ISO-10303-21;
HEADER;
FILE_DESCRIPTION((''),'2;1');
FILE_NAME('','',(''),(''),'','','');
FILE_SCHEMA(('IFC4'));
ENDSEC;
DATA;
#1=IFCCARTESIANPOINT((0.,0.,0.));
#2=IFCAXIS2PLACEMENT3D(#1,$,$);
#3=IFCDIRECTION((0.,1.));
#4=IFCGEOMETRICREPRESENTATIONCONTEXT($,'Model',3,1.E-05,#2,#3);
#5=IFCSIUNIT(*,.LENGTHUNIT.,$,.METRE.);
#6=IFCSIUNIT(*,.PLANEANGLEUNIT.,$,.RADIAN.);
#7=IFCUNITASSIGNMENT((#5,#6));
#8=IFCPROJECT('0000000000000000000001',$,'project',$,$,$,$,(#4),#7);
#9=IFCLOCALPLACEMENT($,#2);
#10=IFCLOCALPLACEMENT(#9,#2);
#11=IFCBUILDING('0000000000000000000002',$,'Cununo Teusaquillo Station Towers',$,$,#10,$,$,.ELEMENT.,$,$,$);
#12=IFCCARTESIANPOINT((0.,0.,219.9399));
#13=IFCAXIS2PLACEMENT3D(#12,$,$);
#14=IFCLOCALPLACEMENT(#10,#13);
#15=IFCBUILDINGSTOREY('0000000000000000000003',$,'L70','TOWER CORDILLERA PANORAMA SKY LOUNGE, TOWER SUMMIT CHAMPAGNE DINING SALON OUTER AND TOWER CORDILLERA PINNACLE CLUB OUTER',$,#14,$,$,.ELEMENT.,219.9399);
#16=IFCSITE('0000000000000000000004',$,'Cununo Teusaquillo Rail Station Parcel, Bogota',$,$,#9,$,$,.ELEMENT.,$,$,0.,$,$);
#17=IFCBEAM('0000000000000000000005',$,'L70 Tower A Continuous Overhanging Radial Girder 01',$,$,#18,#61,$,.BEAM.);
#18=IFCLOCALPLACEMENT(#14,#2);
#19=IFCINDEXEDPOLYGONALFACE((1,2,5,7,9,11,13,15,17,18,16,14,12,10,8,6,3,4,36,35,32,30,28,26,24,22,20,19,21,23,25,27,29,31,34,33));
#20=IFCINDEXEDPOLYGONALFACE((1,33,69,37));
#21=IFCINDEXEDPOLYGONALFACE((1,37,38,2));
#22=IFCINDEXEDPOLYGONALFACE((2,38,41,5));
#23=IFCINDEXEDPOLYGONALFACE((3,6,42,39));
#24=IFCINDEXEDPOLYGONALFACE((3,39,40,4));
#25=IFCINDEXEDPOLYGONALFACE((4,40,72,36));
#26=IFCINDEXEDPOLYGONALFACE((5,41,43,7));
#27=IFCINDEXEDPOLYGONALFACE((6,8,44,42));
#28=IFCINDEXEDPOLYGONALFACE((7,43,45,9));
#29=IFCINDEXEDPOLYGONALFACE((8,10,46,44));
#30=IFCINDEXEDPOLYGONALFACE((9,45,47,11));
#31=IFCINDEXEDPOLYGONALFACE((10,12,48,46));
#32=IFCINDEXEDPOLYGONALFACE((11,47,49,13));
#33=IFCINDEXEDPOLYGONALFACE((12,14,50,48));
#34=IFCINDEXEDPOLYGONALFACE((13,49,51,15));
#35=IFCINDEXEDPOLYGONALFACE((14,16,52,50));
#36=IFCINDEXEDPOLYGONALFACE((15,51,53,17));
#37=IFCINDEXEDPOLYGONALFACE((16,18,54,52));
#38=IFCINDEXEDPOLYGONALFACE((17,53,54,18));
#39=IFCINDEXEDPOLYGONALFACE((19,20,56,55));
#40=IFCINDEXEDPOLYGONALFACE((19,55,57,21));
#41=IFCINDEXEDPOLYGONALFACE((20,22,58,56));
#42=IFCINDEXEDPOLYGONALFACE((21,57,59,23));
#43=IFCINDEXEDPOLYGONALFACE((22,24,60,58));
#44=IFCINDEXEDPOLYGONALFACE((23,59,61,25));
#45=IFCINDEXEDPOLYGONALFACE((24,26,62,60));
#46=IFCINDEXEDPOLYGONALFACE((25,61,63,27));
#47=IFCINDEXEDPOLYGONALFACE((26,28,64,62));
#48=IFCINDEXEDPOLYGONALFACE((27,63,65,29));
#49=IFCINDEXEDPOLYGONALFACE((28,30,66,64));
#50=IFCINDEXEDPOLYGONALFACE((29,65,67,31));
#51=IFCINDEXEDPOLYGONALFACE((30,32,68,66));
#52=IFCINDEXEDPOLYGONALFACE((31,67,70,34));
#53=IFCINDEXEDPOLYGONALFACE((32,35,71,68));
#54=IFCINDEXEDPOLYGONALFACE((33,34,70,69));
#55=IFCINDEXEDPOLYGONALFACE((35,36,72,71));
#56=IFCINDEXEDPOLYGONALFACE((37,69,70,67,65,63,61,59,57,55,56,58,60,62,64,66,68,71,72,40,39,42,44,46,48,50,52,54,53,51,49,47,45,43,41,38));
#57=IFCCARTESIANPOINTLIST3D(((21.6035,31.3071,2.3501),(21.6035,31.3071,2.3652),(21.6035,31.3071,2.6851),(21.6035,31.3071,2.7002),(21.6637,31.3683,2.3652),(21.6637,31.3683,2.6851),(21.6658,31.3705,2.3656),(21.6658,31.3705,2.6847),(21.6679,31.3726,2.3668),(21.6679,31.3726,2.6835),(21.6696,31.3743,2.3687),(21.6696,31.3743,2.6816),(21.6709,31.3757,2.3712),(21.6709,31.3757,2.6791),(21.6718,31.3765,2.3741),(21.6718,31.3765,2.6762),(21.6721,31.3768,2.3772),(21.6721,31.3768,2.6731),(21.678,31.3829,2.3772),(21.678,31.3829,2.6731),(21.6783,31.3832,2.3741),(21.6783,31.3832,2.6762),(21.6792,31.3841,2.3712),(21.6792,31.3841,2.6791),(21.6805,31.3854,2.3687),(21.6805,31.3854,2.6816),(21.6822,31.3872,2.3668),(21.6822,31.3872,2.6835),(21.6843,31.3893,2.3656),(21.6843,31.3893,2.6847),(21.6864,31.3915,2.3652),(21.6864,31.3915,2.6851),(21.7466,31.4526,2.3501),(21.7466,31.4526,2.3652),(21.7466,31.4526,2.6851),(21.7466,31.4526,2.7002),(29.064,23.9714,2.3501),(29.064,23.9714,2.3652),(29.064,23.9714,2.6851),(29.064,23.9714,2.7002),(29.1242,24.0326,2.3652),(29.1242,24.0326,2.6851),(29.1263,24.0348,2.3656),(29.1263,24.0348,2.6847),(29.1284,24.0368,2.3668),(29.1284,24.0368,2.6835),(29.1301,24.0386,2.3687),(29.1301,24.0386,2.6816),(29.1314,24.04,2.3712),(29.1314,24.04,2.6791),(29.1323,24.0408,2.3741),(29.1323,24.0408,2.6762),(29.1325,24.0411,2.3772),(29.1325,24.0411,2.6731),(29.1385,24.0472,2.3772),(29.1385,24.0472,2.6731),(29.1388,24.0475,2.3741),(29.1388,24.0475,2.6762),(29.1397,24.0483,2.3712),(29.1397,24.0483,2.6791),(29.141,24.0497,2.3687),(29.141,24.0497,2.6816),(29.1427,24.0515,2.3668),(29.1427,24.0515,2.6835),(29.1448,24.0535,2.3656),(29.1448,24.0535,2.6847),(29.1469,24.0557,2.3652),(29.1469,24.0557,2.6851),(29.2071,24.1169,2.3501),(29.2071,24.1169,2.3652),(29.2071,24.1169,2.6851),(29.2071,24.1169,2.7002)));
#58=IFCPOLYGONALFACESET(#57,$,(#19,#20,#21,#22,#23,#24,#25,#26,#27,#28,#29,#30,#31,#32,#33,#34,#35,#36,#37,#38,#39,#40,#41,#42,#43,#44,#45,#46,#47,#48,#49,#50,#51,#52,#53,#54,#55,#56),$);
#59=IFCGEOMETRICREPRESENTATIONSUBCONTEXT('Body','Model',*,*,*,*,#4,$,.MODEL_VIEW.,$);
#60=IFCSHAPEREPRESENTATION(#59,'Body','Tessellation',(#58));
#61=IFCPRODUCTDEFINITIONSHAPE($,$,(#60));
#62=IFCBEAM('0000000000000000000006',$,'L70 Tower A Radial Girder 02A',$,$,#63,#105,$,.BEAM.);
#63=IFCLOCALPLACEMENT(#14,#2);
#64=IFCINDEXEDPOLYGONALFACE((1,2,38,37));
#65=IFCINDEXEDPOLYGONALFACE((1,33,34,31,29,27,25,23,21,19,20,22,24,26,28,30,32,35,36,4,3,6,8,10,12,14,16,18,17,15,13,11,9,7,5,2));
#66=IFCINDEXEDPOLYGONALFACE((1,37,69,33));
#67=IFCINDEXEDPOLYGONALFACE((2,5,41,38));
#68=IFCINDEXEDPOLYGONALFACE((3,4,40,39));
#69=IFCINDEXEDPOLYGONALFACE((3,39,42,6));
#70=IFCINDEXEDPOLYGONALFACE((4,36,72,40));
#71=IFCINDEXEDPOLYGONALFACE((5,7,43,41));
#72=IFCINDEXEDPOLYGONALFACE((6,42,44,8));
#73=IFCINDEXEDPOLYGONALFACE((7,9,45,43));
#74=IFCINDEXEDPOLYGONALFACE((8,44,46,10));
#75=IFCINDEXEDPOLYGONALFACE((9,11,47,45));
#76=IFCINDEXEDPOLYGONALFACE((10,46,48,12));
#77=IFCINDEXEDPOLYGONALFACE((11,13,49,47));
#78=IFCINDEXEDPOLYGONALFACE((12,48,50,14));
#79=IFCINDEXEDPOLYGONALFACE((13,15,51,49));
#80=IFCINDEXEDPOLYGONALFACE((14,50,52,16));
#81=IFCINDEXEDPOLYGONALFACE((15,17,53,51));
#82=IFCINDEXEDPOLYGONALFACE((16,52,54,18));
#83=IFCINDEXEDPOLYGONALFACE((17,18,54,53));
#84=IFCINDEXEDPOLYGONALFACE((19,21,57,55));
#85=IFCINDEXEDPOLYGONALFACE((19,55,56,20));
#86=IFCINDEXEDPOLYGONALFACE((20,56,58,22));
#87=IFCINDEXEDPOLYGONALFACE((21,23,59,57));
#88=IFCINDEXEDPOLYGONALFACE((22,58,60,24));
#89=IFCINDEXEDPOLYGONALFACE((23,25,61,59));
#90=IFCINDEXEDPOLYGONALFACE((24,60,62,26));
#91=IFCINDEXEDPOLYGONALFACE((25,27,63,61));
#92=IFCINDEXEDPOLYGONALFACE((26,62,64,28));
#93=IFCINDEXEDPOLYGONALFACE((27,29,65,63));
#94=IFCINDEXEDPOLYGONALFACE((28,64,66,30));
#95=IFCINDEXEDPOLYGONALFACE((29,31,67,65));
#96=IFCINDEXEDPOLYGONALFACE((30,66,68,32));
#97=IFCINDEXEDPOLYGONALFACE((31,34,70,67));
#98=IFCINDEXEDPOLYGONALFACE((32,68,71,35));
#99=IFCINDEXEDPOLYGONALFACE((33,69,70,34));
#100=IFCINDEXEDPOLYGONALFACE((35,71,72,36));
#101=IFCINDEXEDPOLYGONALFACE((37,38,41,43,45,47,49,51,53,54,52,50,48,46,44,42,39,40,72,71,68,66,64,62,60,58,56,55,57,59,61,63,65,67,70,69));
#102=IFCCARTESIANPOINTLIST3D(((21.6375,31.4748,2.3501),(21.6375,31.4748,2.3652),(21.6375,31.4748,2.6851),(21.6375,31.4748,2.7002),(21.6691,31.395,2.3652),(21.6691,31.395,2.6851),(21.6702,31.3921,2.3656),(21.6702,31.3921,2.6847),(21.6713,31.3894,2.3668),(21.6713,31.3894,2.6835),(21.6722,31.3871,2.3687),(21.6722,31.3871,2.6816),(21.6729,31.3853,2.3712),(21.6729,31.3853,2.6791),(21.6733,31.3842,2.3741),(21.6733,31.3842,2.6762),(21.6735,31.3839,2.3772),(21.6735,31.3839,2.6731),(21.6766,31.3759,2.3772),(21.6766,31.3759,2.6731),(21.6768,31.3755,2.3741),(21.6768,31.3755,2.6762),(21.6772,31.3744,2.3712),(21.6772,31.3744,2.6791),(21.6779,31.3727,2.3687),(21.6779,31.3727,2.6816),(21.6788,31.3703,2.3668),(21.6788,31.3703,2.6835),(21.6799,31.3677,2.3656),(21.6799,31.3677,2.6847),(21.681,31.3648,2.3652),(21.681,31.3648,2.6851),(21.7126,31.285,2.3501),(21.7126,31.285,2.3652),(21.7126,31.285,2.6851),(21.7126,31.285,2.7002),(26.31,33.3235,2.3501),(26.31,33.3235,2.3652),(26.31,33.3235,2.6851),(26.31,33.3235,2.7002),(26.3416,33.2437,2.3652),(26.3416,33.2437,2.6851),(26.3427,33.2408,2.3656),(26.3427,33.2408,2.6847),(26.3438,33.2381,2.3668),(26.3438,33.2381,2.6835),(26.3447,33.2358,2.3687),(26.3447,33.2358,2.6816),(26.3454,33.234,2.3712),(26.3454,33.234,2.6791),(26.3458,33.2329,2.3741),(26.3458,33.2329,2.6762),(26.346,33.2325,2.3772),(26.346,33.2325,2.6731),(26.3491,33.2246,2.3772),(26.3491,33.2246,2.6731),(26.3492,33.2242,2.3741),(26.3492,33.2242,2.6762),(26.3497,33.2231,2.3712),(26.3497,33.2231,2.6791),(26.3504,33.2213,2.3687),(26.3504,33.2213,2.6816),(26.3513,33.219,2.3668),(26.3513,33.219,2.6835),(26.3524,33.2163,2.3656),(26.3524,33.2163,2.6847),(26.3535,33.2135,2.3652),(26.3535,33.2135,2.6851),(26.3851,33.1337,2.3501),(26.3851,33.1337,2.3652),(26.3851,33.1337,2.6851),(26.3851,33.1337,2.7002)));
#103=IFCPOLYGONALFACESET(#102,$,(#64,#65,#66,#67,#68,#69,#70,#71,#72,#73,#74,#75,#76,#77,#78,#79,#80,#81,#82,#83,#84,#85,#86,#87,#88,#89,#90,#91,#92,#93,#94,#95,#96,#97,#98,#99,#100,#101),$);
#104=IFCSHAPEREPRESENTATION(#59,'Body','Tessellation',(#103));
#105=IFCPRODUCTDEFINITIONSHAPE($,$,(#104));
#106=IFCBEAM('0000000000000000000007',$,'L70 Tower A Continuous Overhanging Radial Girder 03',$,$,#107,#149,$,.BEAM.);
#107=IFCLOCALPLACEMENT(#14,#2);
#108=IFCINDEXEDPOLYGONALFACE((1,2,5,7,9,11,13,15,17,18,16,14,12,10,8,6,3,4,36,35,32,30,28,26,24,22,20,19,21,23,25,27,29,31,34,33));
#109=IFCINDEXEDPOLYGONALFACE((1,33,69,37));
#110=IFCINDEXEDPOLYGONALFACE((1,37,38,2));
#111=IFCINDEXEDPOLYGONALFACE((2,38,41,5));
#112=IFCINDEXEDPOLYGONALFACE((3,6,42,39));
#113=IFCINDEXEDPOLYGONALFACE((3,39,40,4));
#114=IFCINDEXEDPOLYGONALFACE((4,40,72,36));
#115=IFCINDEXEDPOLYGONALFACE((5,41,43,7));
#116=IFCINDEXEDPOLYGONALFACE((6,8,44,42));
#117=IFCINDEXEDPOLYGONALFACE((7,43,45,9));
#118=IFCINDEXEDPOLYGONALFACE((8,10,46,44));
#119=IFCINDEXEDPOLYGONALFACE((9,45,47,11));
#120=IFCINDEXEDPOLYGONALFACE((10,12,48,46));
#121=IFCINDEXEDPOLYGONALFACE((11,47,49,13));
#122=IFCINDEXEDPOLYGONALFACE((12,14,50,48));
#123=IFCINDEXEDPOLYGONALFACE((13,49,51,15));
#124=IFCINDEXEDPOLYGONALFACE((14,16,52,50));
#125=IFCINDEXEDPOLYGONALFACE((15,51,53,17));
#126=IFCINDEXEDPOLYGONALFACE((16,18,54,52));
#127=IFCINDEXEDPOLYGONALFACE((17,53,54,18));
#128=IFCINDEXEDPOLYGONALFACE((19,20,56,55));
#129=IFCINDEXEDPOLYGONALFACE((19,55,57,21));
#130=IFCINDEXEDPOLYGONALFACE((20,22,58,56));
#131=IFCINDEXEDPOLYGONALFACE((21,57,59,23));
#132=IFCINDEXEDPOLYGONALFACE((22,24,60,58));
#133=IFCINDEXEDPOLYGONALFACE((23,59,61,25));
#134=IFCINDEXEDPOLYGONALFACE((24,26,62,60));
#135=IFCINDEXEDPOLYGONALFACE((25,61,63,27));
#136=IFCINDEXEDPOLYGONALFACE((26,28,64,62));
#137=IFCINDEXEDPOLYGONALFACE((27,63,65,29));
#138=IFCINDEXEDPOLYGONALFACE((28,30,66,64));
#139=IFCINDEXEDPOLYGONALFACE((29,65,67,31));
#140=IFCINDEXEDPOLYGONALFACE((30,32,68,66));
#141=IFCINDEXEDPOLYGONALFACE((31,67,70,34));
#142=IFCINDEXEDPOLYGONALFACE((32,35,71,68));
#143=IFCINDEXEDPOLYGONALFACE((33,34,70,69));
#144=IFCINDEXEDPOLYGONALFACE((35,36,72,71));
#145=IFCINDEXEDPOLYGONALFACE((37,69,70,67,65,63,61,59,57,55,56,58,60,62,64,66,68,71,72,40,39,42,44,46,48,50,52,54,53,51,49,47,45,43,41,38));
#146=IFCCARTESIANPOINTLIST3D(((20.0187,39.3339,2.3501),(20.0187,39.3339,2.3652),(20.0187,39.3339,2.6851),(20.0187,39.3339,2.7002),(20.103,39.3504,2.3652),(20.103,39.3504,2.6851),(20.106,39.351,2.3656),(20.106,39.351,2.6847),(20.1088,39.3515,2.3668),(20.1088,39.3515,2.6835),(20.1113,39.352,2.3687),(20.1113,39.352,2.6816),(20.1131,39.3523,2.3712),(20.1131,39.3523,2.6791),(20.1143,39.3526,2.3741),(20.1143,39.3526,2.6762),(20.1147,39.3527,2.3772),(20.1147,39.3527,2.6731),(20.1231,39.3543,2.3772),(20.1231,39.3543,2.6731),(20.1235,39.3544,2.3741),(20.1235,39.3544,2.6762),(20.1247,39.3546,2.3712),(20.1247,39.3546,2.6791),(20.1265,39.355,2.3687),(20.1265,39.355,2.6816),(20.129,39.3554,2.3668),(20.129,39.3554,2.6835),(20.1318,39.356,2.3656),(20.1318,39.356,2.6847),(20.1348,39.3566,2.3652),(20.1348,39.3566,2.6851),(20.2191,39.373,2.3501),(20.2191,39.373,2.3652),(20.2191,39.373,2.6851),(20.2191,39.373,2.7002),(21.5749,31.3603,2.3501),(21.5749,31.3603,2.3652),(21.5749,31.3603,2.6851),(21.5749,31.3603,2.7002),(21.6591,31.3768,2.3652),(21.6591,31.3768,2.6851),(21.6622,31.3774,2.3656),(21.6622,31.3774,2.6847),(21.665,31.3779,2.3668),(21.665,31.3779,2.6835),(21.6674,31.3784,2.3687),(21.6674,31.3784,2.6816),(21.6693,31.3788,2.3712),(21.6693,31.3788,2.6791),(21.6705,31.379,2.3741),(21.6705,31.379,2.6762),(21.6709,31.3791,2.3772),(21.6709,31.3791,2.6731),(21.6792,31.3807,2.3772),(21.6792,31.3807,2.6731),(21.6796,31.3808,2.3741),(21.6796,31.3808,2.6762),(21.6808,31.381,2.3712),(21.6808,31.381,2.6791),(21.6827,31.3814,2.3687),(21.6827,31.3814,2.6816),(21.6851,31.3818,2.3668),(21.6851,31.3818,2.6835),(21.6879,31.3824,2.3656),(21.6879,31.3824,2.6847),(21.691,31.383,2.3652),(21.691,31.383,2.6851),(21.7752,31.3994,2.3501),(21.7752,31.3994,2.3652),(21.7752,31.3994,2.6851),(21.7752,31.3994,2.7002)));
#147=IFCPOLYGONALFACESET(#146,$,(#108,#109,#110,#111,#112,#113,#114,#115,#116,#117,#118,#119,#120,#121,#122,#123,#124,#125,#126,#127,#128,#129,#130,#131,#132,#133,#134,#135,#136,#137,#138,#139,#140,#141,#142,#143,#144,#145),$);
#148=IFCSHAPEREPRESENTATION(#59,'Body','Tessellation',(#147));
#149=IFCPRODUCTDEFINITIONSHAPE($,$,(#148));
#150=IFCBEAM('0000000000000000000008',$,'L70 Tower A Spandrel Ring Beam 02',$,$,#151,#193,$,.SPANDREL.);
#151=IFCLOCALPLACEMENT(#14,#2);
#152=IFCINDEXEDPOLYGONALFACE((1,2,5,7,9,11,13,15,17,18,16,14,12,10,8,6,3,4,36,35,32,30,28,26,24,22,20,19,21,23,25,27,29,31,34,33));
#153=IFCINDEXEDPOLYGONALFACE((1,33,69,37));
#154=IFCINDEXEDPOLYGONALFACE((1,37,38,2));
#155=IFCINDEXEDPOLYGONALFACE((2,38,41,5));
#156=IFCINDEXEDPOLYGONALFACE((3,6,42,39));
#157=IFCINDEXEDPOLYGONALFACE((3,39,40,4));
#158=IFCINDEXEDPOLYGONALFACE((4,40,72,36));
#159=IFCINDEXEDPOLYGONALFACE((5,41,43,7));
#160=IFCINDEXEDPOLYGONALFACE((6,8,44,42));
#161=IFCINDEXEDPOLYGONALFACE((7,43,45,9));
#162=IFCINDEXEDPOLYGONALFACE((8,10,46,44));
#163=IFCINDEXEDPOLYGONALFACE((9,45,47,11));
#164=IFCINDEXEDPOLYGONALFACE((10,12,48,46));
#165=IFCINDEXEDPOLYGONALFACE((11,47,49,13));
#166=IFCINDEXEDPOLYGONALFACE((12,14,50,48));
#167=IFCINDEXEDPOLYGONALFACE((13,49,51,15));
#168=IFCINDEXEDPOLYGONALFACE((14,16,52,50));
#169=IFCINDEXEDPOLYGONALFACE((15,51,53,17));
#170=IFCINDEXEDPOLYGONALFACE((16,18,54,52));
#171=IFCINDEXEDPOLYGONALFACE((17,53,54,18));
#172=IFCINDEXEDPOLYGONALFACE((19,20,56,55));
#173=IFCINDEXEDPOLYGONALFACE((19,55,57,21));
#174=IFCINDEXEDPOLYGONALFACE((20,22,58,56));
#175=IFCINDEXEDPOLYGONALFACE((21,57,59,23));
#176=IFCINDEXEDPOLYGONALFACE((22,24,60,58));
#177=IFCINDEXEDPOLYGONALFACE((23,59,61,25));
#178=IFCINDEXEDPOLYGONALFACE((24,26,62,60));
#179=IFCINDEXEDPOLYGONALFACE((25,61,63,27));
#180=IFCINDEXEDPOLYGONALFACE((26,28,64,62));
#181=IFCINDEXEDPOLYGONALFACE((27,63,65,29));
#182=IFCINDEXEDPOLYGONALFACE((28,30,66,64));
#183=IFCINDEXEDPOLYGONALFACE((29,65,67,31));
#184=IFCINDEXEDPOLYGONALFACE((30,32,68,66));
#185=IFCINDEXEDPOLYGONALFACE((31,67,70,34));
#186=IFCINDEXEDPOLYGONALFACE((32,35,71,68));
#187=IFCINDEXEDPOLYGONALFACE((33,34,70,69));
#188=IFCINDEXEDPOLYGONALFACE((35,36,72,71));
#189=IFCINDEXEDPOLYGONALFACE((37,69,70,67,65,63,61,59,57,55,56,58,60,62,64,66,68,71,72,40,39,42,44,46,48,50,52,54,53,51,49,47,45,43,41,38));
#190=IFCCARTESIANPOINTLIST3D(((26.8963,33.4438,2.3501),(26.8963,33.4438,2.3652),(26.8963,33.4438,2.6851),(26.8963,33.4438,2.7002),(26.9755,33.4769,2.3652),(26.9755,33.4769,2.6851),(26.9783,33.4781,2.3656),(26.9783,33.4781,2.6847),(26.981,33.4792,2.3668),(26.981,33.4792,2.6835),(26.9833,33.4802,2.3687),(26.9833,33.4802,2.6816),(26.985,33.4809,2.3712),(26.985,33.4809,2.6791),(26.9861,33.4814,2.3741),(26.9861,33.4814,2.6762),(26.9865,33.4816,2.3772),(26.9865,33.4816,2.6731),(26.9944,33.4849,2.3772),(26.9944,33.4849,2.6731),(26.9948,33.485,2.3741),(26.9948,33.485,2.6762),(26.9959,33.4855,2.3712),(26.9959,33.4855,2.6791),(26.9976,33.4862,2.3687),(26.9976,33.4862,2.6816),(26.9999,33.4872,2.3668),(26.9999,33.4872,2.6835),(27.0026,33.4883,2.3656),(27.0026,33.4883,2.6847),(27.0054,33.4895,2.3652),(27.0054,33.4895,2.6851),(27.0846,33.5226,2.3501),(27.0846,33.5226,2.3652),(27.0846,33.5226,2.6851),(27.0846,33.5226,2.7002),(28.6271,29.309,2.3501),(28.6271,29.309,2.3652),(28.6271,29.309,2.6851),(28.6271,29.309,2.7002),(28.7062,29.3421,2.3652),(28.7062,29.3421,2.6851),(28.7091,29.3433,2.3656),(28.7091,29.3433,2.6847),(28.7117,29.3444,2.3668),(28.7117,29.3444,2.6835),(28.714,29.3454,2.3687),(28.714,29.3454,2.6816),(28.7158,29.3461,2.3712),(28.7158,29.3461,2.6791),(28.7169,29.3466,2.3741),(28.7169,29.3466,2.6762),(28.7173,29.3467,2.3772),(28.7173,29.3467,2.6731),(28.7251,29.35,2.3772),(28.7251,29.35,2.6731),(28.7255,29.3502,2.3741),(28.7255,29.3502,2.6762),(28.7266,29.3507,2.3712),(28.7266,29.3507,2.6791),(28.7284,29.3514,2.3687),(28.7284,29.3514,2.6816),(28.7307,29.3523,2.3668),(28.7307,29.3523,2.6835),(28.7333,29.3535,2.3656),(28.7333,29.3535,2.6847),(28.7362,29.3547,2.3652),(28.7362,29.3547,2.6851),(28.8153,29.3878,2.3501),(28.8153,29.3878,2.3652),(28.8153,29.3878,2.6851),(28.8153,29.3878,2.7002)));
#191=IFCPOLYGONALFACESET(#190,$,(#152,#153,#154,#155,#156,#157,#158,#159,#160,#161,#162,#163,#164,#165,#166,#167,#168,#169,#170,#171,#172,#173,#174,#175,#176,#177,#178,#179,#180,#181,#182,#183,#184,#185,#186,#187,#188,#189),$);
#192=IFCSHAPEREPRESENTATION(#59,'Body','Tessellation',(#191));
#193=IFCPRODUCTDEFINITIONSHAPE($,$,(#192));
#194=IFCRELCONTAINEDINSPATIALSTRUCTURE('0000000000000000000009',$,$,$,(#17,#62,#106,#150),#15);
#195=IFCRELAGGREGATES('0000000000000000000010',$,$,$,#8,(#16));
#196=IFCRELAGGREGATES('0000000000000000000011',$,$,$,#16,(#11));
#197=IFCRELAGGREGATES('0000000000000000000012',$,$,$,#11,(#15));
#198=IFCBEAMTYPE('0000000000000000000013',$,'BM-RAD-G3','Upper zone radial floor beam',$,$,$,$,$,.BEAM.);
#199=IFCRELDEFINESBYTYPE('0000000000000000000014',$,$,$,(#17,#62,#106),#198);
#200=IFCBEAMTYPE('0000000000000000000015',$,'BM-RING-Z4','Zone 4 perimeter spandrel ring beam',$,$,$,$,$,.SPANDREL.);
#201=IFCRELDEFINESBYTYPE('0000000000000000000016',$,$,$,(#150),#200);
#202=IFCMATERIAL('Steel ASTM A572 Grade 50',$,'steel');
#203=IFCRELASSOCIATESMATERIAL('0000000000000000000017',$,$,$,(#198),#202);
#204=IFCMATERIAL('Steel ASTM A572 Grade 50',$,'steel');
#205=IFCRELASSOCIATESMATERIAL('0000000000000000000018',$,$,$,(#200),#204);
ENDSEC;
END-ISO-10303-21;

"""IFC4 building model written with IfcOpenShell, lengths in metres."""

from ifc_helpers import new_model, si_unit, direction, frame, origin, origin_2d, place, context, subcontext, project, spatial, i_section, extrude, material, material_profile, profile_set, type_object, element, save


model = new_model("IFC4")

# Units and contexts
model_context = context("Model", 3, precision=1e-05, world=origin(), true_north=direction((0.0, 1.0)))
body_context = subcontext(model_context, "Body", "Model", "MODEL_VIEW")
ifc_project = project(units=[si_unit("LENGTHUNIT", "METRE"), si_unit("PLANEANGLEUNIT", "RADIAN")], contexts=[model_context])

# Site, building, storey
site_placement = place(None, origin())
site = spatial("IfcSite", under=ifc_project, at=site_placement, Name="Cununo Teusaquillo Rail Station Parcel, Bogota", CompositionType="ELEMENT", RefElevation=0.0)
building_placement = place(site_placement, origin())
building = spatial("IfcBuilding", under=site, at=building_placement, Name="Cununo Teusaquillo Station Towers", CompositionType="ELEMENT")
storey_placement = place(building_placement, frame((0.0, 0.0, 219.9399)))
storey = spatial("IfcBuildingStorey", under=building, at=storey_placement, Name="L70", Description="TOWER CORDILLERA PANORAMA SKY LOUNGE, TOWER SUMMIT CHAMPAGNE DINING SALON OUTER AND TOWER CORDILLERA PINNACLE CLUB OUTER", CompositionType="ELEMENT", Elevation=219.9399)

# Beams
ifc_material_1 = material(Name="Steel ASTM A572 Grade 50", Category="steel")
ifc_material_profile_1 = material_profile(ifc_material_1, i_section(OverallWidth=0.2041, OverallDepth=0.3501, WebThickness=0.0085, FlangeThickness=0.0151, FilletRadius=0.012, at=origin_2d()), Name="W14X48")
ifc_profile_set_1 = profile_set([ifc_material_profile_1], Name="Steel ASTM A572 Grade 50")
beam_type_1 = type_object("IfcBeamType", Name="BM-RAD-G3", Description="Upper zone radial floor beam", PredefinedType="BEAM", material=ifc_profile_set_1)
beam_1_placement = place(storey_placement, frame((21.675, 31.3799, 2.5251), z_axis=(0.713044, -0.70112, 0.0), x_axis=(0.70112, 0.713044, 0.0)))
element("IfcBeam", 1, at=beam_1_placement, inside=storey, type_object=beam_type_1, Name="L70 Tower A Continuous Overhanging Radial Girder 01", PredefinedType="BEAM", context=body_context, shape_type="SweptSolid", body=[
    extrude(i_section(OverallWidth=0.2041, OverallDepth=0.3501, WebThickness=0.0085, FlangeThickness=0.0151, FilletRadius=0.012, at=origin_2d()), origin(), (0.0, 0.0, 1.0), 10.4629),
])
beam_2_placement = place(storey_placement, frame((21.675, 31.3799, 2.5251), z_axis=(0.929864, 0.367903, 0.0), x_axis=(-0.367903, 0.929864, 0.0)))
element("IfcBeam", 2, at=beam_2_placement, inside=storey, type_object=beam_type_1, Name="L70 Tower A Radial Girder 02A", PredefinedType="BEAM", context=body_context, shape_type="SweptSolid", body=[
    extrude(i_section(OverallWidth=0.2041, OverallDepth=0.3501, WebThickness=0.0085, FlangeThickness=0.0151, FilletRadius=0.012, at=origin_2d()), origin(), (0.0, 0.0, 1.0), 5.0249),
])
beam_3_placement = place(storey_placement, frame((21.675, 31.3799, 2.5251), z_axis=(-0.191548, 0.981483, 0.0), x_axis=(-0.981483, -0.191548, 0.0)))
element("IfcBeam", 3, at=beam_3_placement, inside=storey, type_object=beam_type_1, Name="L70 Tower A Continuous Overhanging Radial Girder 03", PredefinedType="BEAM", context=body_context, shape_type="SweptSolid", body=[
    extrude(i_section(OverallWidth=0.2041, OverallDepth=0.3501, WebThickness=0.0085, FlangeThickness=0.0151, FilletRadius=0.012, at=origin_2d()), origin(), (0.0, 0.0, 1.0), 8.124),
])
ifc_material_2 = material(Name="Steel ASTM A572 Grade 50", Category="steel")
ifc_material_profile_2 = material_profile(ifc_material_2, i_section(OverallWidth=0.2041, OverallDepth=0.3501, WebThickness=0.0085, FlangeThickness=0.0151, FilletRadius=0.012, at=origin_2d()), Name="W14X48")
ifc_profile_set_2 = profile_set([ifc_material_profile_2], Name="Steel ASTM A572 Grade 50")
beam_type_2 = type_object("IfcBeamType", Name="BM-RING-Z4", Description="Zone 4 perimeter spandrel ring beam", PredefinedType="SPANDREL", material=ifc_profile_set_2)
beam_4_placement = place(storey_placement, frame((28.7212, 29.3484, 2.5251), z_axis=(-0.386115, 0.92245, 0.0), x_axis=(-0.92245, -0.386115, 0.0)))
element("IfcBeam", 4, at=beam_4_placement, inside=storey, type_object=beam_type_2, Name="L70 Tower A Spandrel Ring Beam 02", PredefinedType="SPANDREL", context=body_context, shape_type="SweptSolid", body=[
    extrude(i_section(OverallWidth=0.2041, OverallDepth=0.3501, WebThickness=0.0085, FlangeThickness=0.0151, FilletRadius=0.012, at=origin_2d()), origin(), (0.0, 0.0, 1.0), 4.4824),
])

save(model, "model.ifc")
